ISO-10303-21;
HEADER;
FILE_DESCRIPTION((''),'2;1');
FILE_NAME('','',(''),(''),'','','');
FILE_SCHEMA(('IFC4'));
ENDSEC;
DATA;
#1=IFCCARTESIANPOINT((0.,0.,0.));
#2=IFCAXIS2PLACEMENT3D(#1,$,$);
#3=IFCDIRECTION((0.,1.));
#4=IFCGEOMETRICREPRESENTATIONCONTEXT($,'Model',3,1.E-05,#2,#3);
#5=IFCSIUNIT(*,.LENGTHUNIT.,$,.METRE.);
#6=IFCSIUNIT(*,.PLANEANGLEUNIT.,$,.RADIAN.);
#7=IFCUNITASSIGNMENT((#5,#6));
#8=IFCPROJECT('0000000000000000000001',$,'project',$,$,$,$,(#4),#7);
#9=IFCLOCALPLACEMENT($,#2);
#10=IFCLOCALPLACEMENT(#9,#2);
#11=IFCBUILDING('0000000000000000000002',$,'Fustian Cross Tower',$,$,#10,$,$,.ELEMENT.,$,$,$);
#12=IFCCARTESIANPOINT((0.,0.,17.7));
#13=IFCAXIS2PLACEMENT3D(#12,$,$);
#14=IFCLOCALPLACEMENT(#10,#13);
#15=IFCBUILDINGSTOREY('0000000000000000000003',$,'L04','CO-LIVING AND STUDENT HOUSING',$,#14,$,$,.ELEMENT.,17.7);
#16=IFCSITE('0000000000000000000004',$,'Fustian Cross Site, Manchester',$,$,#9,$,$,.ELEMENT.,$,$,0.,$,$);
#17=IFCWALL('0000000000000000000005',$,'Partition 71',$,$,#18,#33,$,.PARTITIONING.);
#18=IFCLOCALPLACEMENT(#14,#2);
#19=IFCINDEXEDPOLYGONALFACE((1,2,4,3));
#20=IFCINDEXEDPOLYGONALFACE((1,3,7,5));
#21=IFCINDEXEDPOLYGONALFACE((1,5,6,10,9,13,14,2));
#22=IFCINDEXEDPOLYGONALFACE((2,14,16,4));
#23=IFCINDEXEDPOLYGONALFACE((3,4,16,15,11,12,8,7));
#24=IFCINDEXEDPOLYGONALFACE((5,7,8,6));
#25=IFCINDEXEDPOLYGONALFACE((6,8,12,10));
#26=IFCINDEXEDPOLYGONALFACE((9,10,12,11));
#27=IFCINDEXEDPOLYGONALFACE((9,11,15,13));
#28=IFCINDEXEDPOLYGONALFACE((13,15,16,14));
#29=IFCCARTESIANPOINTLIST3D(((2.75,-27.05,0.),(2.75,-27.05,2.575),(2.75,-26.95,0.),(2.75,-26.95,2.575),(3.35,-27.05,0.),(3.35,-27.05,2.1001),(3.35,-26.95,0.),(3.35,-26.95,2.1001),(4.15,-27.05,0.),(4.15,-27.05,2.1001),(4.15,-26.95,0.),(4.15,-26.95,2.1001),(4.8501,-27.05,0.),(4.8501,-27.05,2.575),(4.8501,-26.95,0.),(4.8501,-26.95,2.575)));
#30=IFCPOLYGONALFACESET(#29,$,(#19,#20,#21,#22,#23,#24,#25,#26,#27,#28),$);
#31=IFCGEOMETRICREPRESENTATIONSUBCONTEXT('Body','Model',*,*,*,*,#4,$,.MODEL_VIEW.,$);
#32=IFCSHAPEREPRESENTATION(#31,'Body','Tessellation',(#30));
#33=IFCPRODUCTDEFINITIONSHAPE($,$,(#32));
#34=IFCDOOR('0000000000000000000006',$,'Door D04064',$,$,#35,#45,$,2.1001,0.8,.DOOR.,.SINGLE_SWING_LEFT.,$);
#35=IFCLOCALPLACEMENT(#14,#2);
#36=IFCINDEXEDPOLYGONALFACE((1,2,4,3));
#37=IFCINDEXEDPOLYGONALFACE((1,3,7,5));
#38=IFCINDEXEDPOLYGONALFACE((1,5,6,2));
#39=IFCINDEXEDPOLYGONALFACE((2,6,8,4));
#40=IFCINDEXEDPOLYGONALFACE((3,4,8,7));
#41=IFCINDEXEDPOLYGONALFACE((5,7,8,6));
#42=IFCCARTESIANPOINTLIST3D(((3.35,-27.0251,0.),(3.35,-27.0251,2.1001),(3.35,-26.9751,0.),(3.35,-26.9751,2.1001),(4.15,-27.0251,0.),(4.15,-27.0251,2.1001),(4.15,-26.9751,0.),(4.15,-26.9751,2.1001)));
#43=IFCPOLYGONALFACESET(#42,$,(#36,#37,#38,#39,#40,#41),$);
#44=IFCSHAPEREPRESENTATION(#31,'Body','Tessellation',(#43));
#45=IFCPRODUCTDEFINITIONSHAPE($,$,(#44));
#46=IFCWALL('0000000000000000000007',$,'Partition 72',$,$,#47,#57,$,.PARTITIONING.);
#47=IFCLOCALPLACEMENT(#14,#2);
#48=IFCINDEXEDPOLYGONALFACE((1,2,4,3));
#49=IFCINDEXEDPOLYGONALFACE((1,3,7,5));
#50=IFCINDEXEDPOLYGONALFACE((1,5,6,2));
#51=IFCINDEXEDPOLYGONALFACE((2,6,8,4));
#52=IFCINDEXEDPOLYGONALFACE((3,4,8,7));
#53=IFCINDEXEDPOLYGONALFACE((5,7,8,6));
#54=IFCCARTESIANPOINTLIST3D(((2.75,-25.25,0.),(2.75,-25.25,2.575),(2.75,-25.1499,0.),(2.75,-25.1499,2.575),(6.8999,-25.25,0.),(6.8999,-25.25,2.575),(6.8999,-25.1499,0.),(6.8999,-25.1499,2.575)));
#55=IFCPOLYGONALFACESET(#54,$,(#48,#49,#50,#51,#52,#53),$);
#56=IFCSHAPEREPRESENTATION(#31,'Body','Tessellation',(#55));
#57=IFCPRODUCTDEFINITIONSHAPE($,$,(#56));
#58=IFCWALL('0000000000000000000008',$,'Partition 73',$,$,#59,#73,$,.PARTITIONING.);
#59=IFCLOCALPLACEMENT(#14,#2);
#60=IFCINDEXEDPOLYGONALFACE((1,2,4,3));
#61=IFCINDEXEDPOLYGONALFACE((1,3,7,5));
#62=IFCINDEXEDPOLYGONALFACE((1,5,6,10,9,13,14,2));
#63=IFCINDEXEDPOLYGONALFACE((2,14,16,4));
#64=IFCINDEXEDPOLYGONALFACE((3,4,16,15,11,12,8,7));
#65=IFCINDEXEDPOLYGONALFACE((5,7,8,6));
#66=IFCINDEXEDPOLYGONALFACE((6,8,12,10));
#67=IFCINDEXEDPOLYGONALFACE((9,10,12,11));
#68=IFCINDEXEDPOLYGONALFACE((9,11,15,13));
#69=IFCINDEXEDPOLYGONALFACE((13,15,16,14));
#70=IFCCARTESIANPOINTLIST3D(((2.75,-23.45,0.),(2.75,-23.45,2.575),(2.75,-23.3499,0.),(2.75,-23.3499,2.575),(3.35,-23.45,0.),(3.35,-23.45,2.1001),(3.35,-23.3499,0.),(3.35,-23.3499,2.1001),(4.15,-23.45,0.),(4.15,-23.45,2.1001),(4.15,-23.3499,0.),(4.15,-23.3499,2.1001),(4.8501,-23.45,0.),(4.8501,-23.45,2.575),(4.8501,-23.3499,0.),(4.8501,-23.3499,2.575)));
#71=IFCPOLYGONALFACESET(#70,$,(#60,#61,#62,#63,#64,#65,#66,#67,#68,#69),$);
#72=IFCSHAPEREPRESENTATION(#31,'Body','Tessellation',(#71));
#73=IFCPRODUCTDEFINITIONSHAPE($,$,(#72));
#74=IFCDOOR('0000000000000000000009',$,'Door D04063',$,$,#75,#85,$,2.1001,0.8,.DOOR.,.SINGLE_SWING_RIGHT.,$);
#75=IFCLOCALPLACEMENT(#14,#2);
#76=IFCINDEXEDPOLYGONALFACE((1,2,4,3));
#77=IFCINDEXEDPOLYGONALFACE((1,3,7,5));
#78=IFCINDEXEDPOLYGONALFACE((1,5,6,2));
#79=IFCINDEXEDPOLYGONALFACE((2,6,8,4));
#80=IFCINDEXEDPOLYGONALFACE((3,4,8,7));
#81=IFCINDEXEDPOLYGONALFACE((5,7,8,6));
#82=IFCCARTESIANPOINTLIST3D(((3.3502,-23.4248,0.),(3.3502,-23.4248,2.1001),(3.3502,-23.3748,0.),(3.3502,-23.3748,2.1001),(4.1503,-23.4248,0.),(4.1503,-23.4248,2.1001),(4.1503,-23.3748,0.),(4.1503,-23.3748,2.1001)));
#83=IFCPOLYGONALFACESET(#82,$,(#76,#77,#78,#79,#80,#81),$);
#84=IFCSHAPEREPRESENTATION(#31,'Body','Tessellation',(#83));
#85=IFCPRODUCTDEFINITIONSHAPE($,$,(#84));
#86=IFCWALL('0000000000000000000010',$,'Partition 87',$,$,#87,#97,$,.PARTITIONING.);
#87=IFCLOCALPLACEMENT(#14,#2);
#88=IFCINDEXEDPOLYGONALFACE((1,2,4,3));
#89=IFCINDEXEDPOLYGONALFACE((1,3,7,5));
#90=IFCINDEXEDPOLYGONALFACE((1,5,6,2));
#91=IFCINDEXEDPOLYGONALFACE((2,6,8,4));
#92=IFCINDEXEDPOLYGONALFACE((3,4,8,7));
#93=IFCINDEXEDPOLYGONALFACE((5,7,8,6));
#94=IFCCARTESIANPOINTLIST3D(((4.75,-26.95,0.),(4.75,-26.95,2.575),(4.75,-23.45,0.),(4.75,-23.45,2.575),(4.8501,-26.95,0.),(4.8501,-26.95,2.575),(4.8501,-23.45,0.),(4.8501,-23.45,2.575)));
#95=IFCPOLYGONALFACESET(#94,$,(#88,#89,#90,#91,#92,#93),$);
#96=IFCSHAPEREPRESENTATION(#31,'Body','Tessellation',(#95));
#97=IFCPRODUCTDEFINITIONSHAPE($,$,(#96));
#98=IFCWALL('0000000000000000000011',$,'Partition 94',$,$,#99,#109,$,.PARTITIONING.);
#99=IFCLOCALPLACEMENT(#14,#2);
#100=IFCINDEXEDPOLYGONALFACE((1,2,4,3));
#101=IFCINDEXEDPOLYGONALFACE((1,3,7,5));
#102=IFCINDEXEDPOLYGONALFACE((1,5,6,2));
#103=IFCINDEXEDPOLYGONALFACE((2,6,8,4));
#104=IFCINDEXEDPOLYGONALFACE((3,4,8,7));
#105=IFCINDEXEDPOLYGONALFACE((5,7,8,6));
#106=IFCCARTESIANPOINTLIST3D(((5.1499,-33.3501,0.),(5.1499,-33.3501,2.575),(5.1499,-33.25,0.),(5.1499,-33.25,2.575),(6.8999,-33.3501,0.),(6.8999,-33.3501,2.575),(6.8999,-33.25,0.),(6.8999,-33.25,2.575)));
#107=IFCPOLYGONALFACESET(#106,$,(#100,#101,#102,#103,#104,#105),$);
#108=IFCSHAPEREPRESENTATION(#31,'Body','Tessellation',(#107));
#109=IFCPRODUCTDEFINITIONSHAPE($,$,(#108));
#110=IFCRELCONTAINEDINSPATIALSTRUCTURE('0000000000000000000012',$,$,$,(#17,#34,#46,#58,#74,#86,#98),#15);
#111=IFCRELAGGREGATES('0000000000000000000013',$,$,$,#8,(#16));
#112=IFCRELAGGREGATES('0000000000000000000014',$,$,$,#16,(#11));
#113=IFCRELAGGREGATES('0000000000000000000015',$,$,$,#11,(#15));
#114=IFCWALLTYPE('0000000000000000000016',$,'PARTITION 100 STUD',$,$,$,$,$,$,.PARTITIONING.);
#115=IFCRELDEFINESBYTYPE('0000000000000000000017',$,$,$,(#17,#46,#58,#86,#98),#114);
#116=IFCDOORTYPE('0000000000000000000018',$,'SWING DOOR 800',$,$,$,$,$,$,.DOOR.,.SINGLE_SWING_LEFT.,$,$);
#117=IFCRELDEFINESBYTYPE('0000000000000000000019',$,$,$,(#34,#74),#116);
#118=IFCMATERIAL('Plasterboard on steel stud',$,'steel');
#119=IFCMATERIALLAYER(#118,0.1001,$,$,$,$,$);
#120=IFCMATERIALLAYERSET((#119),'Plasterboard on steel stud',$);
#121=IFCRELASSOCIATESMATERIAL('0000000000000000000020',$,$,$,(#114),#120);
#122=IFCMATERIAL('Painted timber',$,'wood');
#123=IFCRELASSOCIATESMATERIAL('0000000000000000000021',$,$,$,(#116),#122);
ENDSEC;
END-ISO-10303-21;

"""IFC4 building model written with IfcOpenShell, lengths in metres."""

from ifc_helpers import new_model, si_unit, direction, frame, frame_2d, origin, place, context, subcontext, project, spatial, rectangle, extrude, material, layer, layer_set, type_object, element, fill, save


model = new_model("IFC4")

# Units and contexts
model_context = context("Model", 3, precision=1e-05, world=origin(), true_north=direction((0.0, 1.0)))
body_context = subcontext(model_context, "Body", "Model", "MODEL_VIEW")
ifc_project = project(units=[si_unit("LENGTHUNIT", "METRE"), si_unit("PLANEANGLEUNIT", "RADIAN")], contexts=[model_context])

# Site, building, storey
site_placement = place(None, origin())
site = spatial("IfcSite", under=ifc_project, at=site_placement, Name="Fustian Cross Site, Manchester", CompositionType="ELEMENT", RefElevation=0.0)
building_placement = place(site_placement, origin())
building = spatial("IfcBuilding", under=site, at=building_placement, Name="Fustian Cross Tower", CompositionType="ELEMENT")
storey_placement = place(building_placement, frame((0.0, 0.0, 17.7)))
storey = spatial("IfcBuildingStorey", under=building, at=storey_placement, Name="L04", Description="CO-LIVING AND STUDENT HOUSING", CompositionType="ELEMENT", Elevation=17.7)

# Shared definitions
ifc_material_1 = material(Name="Plasterboard on steel stud", Category="steel")
ifc_layer = layer(ifc_material_1, 0.1001)
ifc_layer_set = layer_set([ifc_layer], Name="Plasterboard on steel stud")
wall_type = type_object("IfcWallType", Name="PARTITION 100 STUD", PredefinedType="PARTITIONING", material=ifc_layer_set)

# Wall, opening, door
wall_1_placement = place(storey_placement, frame((2.75, -27.0, 0.0), z_axis=(0.0, 0.0, 1.0), x_axis=(1.0, 0.0, 0.0)))
wall_1 = element("IfcWall", 1, at=wall_1_placement, inside=storey, type_object=wall_type, Name="Partition 71", PredefinedType="PARTITIONING", context=body_context, shape_type="SweptSolid", body=[
    extrude(rectangle(XDim=2.1001, YDim=0.1001, at=frame_2d((1.05, 0.0))), origin(), (0.0, 0.0, 1.0), 2.575),
])
opening_1_placement = place(wall_1_placement, frame((0.6001, 0.0, 0.0)))
opening_1 = element("IfcOpeningElement", 2, at=opening_1_placement, cuts=wall_1, PredefinedType="OPENING", context=body_context, shape_type="SweptSolid", body=[
    extrude(rectangle(XDim=0.8, YDim=2.1001, at=frame_2d((0.3999, 1.05))), frame((0.0, 0.0601, 0.0), z_axis=(0.0, -1.0, 0.0), x_axis=(1.0, 0.0, 0.0)), (0.0, 0.0, 1.0), 0.1201),
])
ifc_material_2 = material(Name="Painted timber", Category="wood")
door_type_1 = type_object("IfcDoorType", Name="SWING DOOR 800", OperationType="SINGLE_SWING_LEFT", PredefinedType="DOOR", material=ifc_material_2)
door_1_placement = place(opening_1_placement, origin())
door_1 = element("IfcDoor", 3, at=door_1_placement, inside=storey, type_object=door_type_1, Name="Door D04064", OperationType="SINGLE_SWING_LEFT", OverallHeight=2.1001, OverallWidth=0.8, PredefinedType="DOOR", context=body_context, shape_type="SweptSolid", body=[
    extrude(rectangle(XDim=0.8, YDim=2.1001, at=frame_2d((0.3999, 1.05))), frame((0.0, 0.0249, 0.0), z_axis=(0.0, -1.0, 0.0), x_axis=(1.0, 0.0, 0.0)), (0.0, 0.0, 1.0), 0.05),
])
fill(opening_1, door_1)

# Wall
wall_2_placement = place(storey_placement, frame((2.75, -25.2, 0.0), z_axis=(0.0, 0.0, 1.0), x_axis=(1.0, 0.0, 0.0)))
element("IfcWall", 4, at=wall_2_placement, inside=storey, type_object=wall_type, Name="Partition 72", PredefinedType="PARTITIONING", context=body_context, shape_type="SweptSolid", body=[
    extrude(rectangle(XDim=4.1499, YDim=0.1001, at=frame_2d((2.075, 0.0))), origin(), (0.0, 0.0, 1.0), 2.575),
])

# Wall, opening, door
wall_3_placement = place(storey_placement, frame((2.75, -23.3999, 0.0), z_axis=(0.0, 0.0, 1.0), x_axis=(1.0, 0.0, 0.0)))
wall_3 = element("IfcWall", 5, at=wall_3_placement, inside=storey, type_object=wall_type, Name="Partition 73", PredefinedType="PARTITIONING", context=body_context, shape_type="SweptSolid", body=[
    extrude(rectangle(XDim=2.1001, YDim=0.1001, at=frame_2d((1.05, 0.0))), origin(), (0.0, 0.0, 1.0), 2.575),
])
opening_2_placement = place(wall_3_placement, frame((0.6001, 0.0, 0.0)))
opening_2 = element("IfcOpeningElement", 6, at=opening_2_placement, cuts=wall_3, PredefinedType="OPENING", context=body_context, shape_type="SweptSolid", body=[
    extrude(rectangle(XDim=0.8, YDim=2.1001, at=frame_2d((0.3999, 1.05))), frame((0.0, 0.0601, 0.0), z_axis=(0.0, -1.0, 0.0), x_axis=(1.0, 0.0, 0.0)), (0.0, 0.0, 1.0), 0.1201),
])
door_2_placement = place(opening_2_placement, frame((0.8, 0.0, 0.0), z_axis=(0.0, 0.0, 1.0), x_axis=(-1.0, 0.0, 0.0)))
door_2 = element("IfcDoor", 7, at=door_2_placement, inside=storey, type_object=door_type_1, Name="Door D04063", OperationType="SINGLE_SWING_RIGHT", OverallHeight=2.1001, OverallWidth=0.8, PredefinedType="DOOR", context=body_context, shape_type="SweptSolid", body=[
    extrude(rectangle(XDim=0.8, YDim=2.1001, at=frame_2d((0.3999, 1.05))), frame((0.0, 0.0249, 0.0), z_axis=(0.0, -1.0, 0.0), x_axis=(1.0, 0.0, 0.0)), (0.0, 0.0, 1.0), 0.05),
])
fill(opening_2, door_2)

# Walls
wall_4_placement = place(storey_placement, frame((4.8, -26.95, 0.0), z_axis=(0.0, 0.0, 1.0), x_axis=(0.0, 1.0, 0.0)))
element("IfcWall", 8, at=wall_4_placement, inside=storey, type_object=wall_type, Name="Partition 87", PredefinedType="PARTITIONING", context=body_context, shape_type="SweptSolid", body=[
    extrude(rectangle(XDim=3.5, YDim=0.1001, at=frame_2d((1.75, 0.0))), origin(), (0.0, 0.0, 1.0), 2.575),
])
wall_5_placement = place(storey_placement, frame((5.1499, -33.3, 0.0), z_axis=(0.0, 0.0, 1.0), x_axis=(1.0, 0.0, 0.0)))
element("IfcWall", 9, at=wall_5_placement, inside=storey, type_object=wall_type, Name="Partition 94", PredefinedType="PARTITIONING", context=body_context, shape_type="SweptSolid", body=[
    extrude(rectangle(XDim=1.75, YDim=0.1001, at=frame_2d((0.875, 0.0))), origin(), (0.0, 0.0, 1.0), 2.575),
])

save(model, "model.ifc")
